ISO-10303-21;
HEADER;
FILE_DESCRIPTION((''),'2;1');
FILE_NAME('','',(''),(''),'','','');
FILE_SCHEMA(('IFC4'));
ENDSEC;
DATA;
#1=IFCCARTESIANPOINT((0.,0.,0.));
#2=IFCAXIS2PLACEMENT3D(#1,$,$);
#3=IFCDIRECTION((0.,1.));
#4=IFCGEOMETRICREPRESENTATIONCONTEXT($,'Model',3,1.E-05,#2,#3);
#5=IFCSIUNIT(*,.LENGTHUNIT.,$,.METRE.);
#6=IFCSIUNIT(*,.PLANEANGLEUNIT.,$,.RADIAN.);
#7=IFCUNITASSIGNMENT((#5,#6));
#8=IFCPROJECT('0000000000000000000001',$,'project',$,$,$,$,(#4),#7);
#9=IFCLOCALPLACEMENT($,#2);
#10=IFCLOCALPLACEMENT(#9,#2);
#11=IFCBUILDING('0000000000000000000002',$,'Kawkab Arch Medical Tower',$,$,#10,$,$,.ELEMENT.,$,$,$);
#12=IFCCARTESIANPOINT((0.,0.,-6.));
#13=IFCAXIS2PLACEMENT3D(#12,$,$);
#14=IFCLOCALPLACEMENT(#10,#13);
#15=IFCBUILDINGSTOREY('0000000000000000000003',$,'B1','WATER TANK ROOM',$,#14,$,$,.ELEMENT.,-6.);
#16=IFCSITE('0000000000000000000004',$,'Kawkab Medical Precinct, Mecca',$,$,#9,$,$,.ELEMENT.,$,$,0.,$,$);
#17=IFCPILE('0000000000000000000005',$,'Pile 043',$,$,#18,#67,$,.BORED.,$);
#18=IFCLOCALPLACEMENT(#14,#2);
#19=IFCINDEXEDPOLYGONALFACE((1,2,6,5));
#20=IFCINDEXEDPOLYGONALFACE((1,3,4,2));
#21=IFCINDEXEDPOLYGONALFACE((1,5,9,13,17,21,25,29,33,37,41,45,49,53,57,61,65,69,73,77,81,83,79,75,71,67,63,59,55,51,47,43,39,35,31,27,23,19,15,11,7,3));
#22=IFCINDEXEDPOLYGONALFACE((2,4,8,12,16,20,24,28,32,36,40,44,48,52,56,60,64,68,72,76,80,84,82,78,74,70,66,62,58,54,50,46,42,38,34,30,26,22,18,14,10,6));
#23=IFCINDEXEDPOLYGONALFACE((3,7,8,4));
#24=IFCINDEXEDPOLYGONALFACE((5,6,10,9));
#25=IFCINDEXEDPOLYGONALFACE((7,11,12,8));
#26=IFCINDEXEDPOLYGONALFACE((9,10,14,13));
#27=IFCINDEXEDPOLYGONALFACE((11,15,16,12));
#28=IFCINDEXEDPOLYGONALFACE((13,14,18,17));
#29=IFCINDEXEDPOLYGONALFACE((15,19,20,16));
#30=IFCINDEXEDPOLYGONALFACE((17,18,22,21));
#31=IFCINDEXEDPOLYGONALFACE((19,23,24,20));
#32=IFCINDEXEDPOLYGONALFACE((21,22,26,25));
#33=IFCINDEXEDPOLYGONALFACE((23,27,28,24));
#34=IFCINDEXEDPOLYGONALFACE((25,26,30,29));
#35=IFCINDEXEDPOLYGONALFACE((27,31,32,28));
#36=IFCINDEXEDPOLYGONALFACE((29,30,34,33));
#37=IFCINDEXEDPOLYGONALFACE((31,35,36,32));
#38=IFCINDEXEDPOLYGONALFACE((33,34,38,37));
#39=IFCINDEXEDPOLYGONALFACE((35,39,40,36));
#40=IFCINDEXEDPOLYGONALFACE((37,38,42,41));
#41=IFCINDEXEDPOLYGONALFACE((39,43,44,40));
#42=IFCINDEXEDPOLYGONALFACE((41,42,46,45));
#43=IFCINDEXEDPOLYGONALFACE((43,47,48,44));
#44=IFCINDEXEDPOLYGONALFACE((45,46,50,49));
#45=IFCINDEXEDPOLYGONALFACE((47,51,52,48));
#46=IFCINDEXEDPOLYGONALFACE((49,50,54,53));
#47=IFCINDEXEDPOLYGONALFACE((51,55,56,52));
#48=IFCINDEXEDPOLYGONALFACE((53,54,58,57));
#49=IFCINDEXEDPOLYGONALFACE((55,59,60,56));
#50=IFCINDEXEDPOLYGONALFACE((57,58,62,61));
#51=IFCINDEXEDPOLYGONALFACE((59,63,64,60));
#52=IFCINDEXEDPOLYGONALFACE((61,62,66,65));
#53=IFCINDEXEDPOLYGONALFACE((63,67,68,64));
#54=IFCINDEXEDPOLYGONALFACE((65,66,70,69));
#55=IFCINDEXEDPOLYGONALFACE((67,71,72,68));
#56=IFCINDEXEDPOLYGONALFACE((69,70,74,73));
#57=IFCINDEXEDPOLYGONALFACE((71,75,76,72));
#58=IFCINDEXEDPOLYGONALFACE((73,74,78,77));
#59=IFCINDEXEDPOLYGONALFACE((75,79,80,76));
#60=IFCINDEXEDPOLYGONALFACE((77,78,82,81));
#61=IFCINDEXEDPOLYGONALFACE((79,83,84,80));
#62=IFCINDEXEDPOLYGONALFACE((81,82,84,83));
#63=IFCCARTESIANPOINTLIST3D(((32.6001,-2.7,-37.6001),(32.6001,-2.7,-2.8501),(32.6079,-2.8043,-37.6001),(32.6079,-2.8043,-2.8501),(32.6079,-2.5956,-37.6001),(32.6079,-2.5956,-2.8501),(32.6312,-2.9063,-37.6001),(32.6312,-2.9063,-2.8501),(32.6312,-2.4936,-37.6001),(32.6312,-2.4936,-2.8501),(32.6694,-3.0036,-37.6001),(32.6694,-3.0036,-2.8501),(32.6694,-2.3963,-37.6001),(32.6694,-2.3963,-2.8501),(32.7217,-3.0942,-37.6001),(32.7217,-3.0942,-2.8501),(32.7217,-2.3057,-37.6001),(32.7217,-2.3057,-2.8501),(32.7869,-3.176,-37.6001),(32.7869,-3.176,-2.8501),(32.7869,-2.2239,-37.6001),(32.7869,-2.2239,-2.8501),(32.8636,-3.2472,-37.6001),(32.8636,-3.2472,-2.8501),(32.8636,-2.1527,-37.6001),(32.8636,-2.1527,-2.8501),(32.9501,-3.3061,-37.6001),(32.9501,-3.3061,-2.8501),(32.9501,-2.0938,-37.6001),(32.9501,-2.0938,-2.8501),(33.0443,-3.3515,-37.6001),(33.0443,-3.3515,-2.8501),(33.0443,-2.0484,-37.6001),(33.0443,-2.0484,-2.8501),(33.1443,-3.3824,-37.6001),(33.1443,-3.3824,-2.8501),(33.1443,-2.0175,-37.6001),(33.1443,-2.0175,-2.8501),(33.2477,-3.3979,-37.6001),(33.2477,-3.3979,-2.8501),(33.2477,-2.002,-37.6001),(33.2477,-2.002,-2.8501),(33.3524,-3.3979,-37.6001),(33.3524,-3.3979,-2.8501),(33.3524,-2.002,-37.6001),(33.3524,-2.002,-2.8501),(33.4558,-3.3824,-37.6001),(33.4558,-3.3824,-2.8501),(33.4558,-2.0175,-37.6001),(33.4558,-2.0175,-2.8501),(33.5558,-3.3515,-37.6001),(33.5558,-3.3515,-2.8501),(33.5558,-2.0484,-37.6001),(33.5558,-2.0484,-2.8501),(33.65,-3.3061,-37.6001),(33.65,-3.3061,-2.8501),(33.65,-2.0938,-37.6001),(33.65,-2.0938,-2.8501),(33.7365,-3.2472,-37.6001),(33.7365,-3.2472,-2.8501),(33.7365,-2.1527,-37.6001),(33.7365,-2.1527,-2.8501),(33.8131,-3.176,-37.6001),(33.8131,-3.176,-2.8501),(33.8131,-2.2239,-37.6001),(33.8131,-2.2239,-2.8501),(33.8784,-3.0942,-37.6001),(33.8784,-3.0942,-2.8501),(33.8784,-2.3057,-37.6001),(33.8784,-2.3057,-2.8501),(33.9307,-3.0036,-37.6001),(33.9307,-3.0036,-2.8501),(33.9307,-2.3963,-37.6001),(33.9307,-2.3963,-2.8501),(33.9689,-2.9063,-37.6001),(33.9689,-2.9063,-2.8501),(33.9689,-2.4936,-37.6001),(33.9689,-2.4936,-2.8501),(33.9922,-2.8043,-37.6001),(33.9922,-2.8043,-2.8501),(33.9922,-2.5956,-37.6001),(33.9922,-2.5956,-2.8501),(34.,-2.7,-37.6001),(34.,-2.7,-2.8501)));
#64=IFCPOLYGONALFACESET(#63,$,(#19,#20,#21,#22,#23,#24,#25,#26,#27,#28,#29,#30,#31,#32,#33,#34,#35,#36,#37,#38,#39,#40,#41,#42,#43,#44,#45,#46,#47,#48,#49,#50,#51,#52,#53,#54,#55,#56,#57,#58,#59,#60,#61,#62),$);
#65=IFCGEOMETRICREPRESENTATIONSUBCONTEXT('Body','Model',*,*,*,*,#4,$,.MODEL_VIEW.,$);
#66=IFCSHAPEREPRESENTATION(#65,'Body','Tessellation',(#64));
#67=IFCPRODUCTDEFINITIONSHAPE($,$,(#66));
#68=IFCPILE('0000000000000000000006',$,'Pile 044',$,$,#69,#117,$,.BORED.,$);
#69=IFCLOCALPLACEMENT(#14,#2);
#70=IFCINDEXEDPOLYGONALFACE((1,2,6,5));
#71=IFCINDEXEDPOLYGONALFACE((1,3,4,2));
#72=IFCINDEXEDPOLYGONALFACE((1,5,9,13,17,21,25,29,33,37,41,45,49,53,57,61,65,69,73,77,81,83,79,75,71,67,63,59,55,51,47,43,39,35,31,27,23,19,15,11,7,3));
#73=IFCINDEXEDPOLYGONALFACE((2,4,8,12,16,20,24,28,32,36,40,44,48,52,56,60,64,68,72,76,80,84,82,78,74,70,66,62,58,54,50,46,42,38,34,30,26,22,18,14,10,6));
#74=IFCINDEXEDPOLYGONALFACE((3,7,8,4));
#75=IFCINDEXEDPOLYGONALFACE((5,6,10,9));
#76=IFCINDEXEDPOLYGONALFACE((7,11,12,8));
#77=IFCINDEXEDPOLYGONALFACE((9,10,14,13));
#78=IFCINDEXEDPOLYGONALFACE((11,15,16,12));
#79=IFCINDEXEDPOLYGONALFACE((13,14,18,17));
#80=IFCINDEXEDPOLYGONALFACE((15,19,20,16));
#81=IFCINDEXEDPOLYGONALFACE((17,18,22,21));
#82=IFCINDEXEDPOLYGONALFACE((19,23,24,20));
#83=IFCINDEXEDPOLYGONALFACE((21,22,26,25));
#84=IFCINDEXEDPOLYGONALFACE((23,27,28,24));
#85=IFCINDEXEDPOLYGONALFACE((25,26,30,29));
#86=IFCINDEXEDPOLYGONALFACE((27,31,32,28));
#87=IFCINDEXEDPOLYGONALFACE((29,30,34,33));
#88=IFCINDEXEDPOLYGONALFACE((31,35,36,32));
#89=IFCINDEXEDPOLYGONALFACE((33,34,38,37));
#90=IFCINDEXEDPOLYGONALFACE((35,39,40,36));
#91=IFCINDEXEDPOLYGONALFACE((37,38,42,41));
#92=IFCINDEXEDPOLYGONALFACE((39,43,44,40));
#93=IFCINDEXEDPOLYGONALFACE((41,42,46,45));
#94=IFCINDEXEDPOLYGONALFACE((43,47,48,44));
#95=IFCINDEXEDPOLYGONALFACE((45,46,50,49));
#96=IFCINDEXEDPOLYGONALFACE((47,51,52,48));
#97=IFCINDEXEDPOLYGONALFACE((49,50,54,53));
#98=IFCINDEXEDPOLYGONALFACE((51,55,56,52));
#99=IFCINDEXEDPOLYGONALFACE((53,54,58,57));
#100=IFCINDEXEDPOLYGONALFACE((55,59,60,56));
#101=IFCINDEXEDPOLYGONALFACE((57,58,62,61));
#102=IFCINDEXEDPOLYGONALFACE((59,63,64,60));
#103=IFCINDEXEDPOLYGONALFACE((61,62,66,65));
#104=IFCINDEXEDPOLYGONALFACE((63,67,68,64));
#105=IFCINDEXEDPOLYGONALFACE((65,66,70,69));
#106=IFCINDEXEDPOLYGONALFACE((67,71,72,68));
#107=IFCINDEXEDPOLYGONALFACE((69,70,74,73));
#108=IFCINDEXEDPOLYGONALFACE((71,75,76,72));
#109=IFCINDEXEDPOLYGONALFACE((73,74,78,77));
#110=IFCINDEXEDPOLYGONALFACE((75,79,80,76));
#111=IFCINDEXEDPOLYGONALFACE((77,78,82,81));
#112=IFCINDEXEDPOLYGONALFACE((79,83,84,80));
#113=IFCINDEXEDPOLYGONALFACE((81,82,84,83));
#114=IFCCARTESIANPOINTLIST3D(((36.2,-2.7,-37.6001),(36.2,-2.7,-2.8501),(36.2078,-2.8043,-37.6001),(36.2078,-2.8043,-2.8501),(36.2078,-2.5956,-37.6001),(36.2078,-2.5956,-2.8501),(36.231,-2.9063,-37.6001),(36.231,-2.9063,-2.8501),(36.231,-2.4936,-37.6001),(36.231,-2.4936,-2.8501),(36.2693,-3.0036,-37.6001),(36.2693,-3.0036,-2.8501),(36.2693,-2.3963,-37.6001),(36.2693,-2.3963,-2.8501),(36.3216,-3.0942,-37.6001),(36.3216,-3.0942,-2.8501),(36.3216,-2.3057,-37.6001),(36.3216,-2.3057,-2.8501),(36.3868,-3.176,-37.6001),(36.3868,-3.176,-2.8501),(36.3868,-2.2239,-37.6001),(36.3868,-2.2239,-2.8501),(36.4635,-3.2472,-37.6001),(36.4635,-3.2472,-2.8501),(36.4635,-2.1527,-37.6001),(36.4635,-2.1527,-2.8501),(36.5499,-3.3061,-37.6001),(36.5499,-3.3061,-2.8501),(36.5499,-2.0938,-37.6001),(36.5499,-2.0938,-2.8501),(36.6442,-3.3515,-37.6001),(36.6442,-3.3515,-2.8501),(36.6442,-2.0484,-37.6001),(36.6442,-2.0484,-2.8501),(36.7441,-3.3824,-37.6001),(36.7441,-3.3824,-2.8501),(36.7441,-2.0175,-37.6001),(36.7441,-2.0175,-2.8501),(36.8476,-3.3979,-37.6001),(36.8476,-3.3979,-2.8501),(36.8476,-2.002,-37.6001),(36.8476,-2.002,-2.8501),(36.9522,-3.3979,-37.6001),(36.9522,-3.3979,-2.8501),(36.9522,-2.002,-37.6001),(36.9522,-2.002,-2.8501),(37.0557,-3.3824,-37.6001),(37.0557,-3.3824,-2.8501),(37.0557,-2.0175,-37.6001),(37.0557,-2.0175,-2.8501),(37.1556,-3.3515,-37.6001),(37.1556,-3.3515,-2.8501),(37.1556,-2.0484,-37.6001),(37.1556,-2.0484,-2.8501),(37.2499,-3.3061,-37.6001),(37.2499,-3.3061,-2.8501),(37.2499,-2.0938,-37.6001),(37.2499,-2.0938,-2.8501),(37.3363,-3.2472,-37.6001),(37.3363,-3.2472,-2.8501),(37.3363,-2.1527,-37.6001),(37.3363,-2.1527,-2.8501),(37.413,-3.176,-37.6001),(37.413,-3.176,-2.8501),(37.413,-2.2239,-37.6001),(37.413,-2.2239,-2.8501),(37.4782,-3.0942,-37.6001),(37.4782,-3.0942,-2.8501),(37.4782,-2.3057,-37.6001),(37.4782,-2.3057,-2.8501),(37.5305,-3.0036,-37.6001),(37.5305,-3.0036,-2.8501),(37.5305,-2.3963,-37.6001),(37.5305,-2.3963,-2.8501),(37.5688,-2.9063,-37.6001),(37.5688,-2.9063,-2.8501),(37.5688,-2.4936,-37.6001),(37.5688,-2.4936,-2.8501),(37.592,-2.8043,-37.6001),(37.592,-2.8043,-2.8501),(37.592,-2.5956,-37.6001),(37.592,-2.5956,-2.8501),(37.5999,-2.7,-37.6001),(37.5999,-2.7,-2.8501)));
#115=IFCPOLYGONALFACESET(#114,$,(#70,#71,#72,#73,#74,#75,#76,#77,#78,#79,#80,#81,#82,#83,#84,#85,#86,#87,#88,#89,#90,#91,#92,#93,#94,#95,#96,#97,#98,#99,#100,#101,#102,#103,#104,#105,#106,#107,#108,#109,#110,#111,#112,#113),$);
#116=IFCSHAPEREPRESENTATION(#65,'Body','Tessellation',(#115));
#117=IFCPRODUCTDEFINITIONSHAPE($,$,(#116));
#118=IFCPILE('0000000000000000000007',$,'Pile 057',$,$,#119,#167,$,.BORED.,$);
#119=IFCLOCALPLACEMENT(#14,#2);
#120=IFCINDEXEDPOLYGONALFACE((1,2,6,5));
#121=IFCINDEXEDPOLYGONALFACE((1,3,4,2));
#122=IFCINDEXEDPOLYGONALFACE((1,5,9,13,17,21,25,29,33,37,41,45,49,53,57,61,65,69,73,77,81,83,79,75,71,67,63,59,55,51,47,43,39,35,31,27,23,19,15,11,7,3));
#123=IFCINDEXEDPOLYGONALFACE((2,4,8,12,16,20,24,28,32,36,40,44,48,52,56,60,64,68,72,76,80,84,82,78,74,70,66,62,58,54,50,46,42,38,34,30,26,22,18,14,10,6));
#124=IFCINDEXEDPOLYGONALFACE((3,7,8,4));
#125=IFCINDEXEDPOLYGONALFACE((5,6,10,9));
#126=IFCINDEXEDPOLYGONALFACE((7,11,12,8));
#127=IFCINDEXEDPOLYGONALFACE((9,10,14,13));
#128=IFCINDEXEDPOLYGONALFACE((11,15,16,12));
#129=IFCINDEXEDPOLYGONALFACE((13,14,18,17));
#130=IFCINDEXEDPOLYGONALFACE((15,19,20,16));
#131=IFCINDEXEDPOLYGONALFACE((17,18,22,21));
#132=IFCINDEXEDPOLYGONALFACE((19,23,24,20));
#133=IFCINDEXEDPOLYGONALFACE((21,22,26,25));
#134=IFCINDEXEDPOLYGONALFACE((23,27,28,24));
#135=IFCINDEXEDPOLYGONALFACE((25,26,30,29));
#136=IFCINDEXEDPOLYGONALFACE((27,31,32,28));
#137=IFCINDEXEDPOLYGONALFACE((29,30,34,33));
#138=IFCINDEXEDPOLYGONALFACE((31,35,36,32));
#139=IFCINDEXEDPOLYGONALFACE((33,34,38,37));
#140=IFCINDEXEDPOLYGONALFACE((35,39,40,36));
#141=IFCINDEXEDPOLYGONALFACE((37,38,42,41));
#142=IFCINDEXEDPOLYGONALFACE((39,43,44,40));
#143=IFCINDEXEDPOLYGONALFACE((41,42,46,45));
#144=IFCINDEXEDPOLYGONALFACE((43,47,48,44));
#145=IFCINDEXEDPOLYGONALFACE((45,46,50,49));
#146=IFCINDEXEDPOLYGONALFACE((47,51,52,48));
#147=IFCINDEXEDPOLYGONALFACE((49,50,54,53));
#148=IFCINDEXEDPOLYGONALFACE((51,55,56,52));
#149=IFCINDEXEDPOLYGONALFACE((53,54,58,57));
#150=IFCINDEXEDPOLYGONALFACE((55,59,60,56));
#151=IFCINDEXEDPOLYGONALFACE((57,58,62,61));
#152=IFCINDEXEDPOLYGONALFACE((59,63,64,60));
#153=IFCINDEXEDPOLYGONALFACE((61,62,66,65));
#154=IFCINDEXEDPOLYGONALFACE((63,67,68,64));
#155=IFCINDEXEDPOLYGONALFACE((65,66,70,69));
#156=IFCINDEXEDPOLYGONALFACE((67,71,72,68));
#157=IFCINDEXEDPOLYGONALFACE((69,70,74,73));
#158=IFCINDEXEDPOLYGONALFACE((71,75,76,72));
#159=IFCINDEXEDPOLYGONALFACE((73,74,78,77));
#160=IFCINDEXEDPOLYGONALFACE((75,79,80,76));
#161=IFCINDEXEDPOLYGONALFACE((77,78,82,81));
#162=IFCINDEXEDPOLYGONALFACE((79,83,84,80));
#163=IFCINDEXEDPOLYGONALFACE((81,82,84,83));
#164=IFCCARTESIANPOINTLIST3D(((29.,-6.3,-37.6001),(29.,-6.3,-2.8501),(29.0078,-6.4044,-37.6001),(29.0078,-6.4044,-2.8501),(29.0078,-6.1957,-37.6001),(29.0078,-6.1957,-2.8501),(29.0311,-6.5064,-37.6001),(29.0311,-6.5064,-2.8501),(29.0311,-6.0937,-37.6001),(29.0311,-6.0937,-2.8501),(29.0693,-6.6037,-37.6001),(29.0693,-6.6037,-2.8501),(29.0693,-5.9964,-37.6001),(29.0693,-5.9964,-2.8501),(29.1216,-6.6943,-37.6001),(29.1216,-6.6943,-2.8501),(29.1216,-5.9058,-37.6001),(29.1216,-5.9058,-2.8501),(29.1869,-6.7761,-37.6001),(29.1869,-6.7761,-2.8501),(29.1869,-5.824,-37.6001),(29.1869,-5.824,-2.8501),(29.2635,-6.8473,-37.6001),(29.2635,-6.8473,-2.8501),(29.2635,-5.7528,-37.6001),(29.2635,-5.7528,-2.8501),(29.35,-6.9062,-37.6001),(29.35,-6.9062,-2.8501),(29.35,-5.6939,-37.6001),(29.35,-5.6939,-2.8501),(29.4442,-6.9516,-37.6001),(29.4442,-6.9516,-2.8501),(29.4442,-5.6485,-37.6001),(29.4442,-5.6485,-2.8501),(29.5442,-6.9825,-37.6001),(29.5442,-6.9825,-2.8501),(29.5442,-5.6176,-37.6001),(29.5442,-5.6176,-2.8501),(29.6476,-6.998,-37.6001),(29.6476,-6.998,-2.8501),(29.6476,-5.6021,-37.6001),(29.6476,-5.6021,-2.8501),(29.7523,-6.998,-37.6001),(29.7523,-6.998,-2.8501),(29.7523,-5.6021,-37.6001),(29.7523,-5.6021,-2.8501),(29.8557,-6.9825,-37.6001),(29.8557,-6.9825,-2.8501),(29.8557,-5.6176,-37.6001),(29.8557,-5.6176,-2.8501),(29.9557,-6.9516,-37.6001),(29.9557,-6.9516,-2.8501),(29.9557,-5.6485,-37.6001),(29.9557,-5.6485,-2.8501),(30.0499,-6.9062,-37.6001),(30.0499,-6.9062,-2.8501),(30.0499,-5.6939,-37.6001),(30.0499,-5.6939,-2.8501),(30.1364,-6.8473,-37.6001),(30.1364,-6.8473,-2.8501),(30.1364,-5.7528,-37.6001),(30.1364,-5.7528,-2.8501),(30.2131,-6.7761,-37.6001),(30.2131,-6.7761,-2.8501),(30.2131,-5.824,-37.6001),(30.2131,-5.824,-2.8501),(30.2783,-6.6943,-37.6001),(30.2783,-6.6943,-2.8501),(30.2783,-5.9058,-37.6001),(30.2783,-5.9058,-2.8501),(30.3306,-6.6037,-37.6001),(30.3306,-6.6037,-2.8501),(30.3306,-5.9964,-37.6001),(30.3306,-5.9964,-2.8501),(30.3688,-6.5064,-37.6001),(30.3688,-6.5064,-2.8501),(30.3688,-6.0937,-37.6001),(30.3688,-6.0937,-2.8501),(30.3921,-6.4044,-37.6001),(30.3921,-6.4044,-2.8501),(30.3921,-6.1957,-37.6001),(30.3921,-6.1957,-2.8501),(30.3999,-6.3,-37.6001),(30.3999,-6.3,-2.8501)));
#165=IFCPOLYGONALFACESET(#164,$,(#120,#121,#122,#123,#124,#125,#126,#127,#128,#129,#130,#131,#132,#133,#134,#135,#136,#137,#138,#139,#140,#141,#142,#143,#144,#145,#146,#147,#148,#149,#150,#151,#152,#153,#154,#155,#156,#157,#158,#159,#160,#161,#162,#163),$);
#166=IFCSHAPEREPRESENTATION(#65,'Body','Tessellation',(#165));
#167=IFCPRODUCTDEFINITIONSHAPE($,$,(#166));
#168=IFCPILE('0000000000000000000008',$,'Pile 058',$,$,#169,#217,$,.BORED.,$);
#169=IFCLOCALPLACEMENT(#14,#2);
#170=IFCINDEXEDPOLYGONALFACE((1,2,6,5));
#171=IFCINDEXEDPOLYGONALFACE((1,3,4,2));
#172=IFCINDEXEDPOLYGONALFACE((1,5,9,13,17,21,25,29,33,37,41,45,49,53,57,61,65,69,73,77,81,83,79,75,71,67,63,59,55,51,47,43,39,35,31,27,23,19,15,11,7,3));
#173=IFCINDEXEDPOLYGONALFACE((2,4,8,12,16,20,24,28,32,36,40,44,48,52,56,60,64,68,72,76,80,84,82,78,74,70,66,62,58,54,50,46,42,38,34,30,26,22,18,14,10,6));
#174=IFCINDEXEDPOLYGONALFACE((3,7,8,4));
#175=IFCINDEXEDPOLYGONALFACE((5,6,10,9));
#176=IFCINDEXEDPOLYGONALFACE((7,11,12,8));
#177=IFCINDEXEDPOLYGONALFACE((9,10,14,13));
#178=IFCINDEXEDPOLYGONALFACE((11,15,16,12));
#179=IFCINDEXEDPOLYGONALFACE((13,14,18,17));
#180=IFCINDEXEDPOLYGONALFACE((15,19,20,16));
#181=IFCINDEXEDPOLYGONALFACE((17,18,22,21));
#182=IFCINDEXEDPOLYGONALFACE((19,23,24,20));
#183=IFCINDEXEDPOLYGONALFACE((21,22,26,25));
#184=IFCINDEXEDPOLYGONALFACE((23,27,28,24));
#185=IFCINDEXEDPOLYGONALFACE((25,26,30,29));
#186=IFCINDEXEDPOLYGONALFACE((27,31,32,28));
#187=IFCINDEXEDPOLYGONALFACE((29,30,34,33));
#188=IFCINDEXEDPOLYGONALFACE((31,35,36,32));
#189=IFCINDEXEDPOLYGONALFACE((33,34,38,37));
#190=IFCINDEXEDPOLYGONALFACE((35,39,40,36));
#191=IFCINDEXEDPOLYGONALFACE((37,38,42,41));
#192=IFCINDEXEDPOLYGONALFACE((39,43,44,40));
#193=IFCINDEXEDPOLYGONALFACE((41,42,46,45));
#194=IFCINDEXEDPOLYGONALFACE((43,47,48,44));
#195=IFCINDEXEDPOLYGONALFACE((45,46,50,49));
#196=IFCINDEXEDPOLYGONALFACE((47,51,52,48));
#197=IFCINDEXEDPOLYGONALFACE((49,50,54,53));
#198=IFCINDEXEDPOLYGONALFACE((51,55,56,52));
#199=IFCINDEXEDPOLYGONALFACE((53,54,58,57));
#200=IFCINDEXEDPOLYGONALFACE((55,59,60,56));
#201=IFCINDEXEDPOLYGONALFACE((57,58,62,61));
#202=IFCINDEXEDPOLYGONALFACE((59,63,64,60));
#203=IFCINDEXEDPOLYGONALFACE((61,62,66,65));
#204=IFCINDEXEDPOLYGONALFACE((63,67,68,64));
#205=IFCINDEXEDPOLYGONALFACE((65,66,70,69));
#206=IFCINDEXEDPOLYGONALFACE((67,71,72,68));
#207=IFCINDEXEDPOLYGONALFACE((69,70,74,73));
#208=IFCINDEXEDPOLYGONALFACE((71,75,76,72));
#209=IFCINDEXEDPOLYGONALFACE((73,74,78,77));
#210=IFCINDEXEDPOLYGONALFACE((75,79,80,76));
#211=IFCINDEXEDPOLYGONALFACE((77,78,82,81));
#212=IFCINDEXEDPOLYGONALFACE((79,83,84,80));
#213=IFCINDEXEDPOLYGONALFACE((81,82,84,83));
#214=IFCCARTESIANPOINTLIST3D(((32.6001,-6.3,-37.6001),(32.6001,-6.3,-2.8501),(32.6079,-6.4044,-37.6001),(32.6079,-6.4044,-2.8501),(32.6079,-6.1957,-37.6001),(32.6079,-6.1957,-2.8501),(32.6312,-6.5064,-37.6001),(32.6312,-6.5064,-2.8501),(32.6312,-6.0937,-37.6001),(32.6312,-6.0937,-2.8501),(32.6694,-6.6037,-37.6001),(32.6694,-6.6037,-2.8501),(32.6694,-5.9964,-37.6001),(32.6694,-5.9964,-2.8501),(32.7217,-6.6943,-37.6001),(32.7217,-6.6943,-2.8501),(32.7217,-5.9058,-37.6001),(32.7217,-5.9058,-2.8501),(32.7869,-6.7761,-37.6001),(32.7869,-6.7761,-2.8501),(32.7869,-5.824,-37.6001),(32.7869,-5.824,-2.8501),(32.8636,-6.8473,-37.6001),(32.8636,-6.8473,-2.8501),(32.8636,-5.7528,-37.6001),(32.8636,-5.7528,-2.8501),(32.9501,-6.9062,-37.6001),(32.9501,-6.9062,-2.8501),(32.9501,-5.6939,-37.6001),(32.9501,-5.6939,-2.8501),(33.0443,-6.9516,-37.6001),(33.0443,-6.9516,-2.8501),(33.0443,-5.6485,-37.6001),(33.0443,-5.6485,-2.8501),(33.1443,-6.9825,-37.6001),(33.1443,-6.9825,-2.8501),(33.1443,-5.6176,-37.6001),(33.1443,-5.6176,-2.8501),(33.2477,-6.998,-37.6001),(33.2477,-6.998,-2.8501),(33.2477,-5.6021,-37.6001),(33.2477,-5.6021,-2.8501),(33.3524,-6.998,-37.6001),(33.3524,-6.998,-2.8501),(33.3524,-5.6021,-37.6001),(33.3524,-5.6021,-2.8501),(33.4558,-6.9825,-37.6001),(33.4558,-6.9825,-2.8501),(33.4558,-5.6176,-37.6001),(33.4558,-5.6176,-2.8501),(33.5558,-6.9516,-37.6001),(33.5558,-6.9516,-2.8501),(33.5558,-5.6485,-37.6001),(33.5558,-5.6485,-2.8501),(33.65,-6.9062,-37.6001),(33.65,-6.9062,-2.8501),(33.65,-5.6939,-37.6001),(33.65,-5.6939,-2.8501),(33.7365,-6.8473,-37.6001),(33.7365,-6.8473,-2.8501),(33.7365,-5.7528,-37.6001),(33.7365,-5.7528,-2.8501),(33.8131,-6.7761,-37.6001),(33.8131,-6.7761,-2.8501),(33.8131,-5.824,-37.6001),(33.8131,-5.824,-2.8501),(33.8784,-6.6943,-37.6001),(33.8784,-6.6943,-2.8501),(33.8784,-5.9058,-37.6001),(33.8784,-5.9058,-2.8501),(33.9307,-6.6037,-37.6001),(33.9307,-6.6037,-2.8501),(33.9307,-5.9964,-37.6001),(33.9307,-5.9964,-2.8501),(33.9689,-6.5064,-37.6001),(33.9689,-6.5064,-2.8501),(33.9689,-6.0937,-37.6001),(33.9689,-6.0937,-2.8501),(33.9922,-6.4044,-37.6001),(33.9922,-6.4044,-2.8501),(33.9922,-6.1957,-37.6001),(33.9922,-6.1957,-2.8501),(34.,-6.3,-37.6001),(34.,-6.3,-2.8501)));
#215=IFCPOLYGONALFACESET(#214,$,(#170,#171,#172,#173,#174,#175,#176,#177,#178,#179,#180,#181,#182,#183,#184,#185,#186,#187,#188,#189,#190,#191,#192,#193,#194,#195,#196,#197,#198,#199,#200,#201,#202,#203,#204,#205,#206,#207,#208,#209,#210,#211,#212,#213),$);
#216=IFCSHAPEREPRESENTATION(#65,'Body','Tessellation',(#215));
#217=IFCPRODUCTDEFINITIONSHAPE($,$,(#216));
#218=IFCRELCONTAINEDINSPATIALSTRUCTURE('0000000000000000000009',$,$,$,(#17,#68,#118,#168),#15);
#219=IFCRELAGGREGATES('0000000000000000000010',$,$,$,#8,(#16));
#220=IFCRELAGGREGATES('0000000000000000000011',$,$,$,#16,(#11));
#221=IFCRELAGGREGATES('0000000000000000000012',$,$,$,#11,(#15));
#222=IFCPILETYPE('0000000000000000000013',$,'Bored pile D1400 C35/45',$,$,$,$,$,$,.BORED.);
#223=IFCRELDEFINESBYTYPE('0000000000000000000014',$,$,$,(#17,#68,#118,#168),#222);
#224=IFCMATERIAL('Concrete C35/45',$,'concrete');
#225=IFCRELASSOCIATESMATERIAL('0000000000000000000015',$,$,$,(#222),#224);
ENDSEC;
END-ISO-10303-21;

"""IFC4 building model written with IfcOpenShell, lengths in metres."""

from ifc_helpers import new_model, si_unit, direction, frame, origin, origin_2d, place, context, subcontext, project, spatial, circle, extrude, material, material_profile, profile_set, type_object, element, save


model = new_model("IFC4")

# Units and contexts
model_context = context("Model", 3, precision=1e-05, world=origin(), true_north=direction((0.0, 1.0)))
body_context = subcontext(model_context, "Body", "Model", "MODEL_VIEW")
ifc_project = project(units=[si_unit("LENGTHUNIT", "METRE"), si_unit("PLANEANGLEUNIT", "RADIAN")], contexts=[model_context])

# Site, building, storey
site_placement = place(None, origin())
site = spatial("IfcSite", under=ifc_project, at=site_placement, Name="Kawkab Medical Precinct, Mecca", CompositionType="ELEMENT", RefElevation=0.0)
building_placement = place(site_placement, origin())
building = spatial("IfcBuilding", under=site, at=building_placement, Name="Kawkab Arch Medical Tower", CompositionType="ELEMENT")
storey_placement = place(building_placement, frame((0.0, 0.0, -6.0)))
storey = spatial("IfcBuildingStorey", under=building, at=storey_placement, Name="B1", Description="WATER TANK ROOM", CompositionType="ELEMENT", Elevation=-6.0)

# Piles
ifc_material_1 = material(Name="Concrete C35/45", Category="concrete")
ifc_material_profile_1 = material_profile(ifc_material_1, circle(Radius=0.7, at=origin_2d()), Name="Bored pile D1400")
ifc_profile_set_1 = profile_set([ifc_material_profile_1], Name="Concrete C35/45")
pile_type = type_object("IfcPileType", Name="Bored pile D1400 C35/45", PredefinedType="BORED", material=ifc_profile_set_1)
for number, where, z_axis, x_axis, name in (
    (1, (33.3, -2.7, -2.8501), (0.0, 0.0, -1.0), (1.0, 0.0, 0.0), "Pile 043"),
    (2, (36.8999, -2.7, -2.8501), (0.0, 0.0, -1.0), (1.0, 0.0, 0.0), "Pile 044"),
    (3, (29.7, -6.3, -2.8501), (0.0, 0.0, -1.0), (1.0, 0.0, 0.0), "Pile 057"),
    (4, (33.3, -6.3, -2.8501), (0.0, 0.0, -1.0), (1.0, 0.0, 0.0), "Pile 058"),
):
    element("IfcPile", number, at=place(storey_placement, frame(where, z_axis=z_axis, x_axis=x_axis)), inside=storey, type_object=pile_type, Name=name, PredefinedType="BORED", context=body_context, shape_type="SweptSolid", body=[
        extrude(circle(Radius=0.7, at=origin_2d()), origin(), (0.0, 0.0, 1.0), 34.75),
    ])

save(model, "model.ifc")
